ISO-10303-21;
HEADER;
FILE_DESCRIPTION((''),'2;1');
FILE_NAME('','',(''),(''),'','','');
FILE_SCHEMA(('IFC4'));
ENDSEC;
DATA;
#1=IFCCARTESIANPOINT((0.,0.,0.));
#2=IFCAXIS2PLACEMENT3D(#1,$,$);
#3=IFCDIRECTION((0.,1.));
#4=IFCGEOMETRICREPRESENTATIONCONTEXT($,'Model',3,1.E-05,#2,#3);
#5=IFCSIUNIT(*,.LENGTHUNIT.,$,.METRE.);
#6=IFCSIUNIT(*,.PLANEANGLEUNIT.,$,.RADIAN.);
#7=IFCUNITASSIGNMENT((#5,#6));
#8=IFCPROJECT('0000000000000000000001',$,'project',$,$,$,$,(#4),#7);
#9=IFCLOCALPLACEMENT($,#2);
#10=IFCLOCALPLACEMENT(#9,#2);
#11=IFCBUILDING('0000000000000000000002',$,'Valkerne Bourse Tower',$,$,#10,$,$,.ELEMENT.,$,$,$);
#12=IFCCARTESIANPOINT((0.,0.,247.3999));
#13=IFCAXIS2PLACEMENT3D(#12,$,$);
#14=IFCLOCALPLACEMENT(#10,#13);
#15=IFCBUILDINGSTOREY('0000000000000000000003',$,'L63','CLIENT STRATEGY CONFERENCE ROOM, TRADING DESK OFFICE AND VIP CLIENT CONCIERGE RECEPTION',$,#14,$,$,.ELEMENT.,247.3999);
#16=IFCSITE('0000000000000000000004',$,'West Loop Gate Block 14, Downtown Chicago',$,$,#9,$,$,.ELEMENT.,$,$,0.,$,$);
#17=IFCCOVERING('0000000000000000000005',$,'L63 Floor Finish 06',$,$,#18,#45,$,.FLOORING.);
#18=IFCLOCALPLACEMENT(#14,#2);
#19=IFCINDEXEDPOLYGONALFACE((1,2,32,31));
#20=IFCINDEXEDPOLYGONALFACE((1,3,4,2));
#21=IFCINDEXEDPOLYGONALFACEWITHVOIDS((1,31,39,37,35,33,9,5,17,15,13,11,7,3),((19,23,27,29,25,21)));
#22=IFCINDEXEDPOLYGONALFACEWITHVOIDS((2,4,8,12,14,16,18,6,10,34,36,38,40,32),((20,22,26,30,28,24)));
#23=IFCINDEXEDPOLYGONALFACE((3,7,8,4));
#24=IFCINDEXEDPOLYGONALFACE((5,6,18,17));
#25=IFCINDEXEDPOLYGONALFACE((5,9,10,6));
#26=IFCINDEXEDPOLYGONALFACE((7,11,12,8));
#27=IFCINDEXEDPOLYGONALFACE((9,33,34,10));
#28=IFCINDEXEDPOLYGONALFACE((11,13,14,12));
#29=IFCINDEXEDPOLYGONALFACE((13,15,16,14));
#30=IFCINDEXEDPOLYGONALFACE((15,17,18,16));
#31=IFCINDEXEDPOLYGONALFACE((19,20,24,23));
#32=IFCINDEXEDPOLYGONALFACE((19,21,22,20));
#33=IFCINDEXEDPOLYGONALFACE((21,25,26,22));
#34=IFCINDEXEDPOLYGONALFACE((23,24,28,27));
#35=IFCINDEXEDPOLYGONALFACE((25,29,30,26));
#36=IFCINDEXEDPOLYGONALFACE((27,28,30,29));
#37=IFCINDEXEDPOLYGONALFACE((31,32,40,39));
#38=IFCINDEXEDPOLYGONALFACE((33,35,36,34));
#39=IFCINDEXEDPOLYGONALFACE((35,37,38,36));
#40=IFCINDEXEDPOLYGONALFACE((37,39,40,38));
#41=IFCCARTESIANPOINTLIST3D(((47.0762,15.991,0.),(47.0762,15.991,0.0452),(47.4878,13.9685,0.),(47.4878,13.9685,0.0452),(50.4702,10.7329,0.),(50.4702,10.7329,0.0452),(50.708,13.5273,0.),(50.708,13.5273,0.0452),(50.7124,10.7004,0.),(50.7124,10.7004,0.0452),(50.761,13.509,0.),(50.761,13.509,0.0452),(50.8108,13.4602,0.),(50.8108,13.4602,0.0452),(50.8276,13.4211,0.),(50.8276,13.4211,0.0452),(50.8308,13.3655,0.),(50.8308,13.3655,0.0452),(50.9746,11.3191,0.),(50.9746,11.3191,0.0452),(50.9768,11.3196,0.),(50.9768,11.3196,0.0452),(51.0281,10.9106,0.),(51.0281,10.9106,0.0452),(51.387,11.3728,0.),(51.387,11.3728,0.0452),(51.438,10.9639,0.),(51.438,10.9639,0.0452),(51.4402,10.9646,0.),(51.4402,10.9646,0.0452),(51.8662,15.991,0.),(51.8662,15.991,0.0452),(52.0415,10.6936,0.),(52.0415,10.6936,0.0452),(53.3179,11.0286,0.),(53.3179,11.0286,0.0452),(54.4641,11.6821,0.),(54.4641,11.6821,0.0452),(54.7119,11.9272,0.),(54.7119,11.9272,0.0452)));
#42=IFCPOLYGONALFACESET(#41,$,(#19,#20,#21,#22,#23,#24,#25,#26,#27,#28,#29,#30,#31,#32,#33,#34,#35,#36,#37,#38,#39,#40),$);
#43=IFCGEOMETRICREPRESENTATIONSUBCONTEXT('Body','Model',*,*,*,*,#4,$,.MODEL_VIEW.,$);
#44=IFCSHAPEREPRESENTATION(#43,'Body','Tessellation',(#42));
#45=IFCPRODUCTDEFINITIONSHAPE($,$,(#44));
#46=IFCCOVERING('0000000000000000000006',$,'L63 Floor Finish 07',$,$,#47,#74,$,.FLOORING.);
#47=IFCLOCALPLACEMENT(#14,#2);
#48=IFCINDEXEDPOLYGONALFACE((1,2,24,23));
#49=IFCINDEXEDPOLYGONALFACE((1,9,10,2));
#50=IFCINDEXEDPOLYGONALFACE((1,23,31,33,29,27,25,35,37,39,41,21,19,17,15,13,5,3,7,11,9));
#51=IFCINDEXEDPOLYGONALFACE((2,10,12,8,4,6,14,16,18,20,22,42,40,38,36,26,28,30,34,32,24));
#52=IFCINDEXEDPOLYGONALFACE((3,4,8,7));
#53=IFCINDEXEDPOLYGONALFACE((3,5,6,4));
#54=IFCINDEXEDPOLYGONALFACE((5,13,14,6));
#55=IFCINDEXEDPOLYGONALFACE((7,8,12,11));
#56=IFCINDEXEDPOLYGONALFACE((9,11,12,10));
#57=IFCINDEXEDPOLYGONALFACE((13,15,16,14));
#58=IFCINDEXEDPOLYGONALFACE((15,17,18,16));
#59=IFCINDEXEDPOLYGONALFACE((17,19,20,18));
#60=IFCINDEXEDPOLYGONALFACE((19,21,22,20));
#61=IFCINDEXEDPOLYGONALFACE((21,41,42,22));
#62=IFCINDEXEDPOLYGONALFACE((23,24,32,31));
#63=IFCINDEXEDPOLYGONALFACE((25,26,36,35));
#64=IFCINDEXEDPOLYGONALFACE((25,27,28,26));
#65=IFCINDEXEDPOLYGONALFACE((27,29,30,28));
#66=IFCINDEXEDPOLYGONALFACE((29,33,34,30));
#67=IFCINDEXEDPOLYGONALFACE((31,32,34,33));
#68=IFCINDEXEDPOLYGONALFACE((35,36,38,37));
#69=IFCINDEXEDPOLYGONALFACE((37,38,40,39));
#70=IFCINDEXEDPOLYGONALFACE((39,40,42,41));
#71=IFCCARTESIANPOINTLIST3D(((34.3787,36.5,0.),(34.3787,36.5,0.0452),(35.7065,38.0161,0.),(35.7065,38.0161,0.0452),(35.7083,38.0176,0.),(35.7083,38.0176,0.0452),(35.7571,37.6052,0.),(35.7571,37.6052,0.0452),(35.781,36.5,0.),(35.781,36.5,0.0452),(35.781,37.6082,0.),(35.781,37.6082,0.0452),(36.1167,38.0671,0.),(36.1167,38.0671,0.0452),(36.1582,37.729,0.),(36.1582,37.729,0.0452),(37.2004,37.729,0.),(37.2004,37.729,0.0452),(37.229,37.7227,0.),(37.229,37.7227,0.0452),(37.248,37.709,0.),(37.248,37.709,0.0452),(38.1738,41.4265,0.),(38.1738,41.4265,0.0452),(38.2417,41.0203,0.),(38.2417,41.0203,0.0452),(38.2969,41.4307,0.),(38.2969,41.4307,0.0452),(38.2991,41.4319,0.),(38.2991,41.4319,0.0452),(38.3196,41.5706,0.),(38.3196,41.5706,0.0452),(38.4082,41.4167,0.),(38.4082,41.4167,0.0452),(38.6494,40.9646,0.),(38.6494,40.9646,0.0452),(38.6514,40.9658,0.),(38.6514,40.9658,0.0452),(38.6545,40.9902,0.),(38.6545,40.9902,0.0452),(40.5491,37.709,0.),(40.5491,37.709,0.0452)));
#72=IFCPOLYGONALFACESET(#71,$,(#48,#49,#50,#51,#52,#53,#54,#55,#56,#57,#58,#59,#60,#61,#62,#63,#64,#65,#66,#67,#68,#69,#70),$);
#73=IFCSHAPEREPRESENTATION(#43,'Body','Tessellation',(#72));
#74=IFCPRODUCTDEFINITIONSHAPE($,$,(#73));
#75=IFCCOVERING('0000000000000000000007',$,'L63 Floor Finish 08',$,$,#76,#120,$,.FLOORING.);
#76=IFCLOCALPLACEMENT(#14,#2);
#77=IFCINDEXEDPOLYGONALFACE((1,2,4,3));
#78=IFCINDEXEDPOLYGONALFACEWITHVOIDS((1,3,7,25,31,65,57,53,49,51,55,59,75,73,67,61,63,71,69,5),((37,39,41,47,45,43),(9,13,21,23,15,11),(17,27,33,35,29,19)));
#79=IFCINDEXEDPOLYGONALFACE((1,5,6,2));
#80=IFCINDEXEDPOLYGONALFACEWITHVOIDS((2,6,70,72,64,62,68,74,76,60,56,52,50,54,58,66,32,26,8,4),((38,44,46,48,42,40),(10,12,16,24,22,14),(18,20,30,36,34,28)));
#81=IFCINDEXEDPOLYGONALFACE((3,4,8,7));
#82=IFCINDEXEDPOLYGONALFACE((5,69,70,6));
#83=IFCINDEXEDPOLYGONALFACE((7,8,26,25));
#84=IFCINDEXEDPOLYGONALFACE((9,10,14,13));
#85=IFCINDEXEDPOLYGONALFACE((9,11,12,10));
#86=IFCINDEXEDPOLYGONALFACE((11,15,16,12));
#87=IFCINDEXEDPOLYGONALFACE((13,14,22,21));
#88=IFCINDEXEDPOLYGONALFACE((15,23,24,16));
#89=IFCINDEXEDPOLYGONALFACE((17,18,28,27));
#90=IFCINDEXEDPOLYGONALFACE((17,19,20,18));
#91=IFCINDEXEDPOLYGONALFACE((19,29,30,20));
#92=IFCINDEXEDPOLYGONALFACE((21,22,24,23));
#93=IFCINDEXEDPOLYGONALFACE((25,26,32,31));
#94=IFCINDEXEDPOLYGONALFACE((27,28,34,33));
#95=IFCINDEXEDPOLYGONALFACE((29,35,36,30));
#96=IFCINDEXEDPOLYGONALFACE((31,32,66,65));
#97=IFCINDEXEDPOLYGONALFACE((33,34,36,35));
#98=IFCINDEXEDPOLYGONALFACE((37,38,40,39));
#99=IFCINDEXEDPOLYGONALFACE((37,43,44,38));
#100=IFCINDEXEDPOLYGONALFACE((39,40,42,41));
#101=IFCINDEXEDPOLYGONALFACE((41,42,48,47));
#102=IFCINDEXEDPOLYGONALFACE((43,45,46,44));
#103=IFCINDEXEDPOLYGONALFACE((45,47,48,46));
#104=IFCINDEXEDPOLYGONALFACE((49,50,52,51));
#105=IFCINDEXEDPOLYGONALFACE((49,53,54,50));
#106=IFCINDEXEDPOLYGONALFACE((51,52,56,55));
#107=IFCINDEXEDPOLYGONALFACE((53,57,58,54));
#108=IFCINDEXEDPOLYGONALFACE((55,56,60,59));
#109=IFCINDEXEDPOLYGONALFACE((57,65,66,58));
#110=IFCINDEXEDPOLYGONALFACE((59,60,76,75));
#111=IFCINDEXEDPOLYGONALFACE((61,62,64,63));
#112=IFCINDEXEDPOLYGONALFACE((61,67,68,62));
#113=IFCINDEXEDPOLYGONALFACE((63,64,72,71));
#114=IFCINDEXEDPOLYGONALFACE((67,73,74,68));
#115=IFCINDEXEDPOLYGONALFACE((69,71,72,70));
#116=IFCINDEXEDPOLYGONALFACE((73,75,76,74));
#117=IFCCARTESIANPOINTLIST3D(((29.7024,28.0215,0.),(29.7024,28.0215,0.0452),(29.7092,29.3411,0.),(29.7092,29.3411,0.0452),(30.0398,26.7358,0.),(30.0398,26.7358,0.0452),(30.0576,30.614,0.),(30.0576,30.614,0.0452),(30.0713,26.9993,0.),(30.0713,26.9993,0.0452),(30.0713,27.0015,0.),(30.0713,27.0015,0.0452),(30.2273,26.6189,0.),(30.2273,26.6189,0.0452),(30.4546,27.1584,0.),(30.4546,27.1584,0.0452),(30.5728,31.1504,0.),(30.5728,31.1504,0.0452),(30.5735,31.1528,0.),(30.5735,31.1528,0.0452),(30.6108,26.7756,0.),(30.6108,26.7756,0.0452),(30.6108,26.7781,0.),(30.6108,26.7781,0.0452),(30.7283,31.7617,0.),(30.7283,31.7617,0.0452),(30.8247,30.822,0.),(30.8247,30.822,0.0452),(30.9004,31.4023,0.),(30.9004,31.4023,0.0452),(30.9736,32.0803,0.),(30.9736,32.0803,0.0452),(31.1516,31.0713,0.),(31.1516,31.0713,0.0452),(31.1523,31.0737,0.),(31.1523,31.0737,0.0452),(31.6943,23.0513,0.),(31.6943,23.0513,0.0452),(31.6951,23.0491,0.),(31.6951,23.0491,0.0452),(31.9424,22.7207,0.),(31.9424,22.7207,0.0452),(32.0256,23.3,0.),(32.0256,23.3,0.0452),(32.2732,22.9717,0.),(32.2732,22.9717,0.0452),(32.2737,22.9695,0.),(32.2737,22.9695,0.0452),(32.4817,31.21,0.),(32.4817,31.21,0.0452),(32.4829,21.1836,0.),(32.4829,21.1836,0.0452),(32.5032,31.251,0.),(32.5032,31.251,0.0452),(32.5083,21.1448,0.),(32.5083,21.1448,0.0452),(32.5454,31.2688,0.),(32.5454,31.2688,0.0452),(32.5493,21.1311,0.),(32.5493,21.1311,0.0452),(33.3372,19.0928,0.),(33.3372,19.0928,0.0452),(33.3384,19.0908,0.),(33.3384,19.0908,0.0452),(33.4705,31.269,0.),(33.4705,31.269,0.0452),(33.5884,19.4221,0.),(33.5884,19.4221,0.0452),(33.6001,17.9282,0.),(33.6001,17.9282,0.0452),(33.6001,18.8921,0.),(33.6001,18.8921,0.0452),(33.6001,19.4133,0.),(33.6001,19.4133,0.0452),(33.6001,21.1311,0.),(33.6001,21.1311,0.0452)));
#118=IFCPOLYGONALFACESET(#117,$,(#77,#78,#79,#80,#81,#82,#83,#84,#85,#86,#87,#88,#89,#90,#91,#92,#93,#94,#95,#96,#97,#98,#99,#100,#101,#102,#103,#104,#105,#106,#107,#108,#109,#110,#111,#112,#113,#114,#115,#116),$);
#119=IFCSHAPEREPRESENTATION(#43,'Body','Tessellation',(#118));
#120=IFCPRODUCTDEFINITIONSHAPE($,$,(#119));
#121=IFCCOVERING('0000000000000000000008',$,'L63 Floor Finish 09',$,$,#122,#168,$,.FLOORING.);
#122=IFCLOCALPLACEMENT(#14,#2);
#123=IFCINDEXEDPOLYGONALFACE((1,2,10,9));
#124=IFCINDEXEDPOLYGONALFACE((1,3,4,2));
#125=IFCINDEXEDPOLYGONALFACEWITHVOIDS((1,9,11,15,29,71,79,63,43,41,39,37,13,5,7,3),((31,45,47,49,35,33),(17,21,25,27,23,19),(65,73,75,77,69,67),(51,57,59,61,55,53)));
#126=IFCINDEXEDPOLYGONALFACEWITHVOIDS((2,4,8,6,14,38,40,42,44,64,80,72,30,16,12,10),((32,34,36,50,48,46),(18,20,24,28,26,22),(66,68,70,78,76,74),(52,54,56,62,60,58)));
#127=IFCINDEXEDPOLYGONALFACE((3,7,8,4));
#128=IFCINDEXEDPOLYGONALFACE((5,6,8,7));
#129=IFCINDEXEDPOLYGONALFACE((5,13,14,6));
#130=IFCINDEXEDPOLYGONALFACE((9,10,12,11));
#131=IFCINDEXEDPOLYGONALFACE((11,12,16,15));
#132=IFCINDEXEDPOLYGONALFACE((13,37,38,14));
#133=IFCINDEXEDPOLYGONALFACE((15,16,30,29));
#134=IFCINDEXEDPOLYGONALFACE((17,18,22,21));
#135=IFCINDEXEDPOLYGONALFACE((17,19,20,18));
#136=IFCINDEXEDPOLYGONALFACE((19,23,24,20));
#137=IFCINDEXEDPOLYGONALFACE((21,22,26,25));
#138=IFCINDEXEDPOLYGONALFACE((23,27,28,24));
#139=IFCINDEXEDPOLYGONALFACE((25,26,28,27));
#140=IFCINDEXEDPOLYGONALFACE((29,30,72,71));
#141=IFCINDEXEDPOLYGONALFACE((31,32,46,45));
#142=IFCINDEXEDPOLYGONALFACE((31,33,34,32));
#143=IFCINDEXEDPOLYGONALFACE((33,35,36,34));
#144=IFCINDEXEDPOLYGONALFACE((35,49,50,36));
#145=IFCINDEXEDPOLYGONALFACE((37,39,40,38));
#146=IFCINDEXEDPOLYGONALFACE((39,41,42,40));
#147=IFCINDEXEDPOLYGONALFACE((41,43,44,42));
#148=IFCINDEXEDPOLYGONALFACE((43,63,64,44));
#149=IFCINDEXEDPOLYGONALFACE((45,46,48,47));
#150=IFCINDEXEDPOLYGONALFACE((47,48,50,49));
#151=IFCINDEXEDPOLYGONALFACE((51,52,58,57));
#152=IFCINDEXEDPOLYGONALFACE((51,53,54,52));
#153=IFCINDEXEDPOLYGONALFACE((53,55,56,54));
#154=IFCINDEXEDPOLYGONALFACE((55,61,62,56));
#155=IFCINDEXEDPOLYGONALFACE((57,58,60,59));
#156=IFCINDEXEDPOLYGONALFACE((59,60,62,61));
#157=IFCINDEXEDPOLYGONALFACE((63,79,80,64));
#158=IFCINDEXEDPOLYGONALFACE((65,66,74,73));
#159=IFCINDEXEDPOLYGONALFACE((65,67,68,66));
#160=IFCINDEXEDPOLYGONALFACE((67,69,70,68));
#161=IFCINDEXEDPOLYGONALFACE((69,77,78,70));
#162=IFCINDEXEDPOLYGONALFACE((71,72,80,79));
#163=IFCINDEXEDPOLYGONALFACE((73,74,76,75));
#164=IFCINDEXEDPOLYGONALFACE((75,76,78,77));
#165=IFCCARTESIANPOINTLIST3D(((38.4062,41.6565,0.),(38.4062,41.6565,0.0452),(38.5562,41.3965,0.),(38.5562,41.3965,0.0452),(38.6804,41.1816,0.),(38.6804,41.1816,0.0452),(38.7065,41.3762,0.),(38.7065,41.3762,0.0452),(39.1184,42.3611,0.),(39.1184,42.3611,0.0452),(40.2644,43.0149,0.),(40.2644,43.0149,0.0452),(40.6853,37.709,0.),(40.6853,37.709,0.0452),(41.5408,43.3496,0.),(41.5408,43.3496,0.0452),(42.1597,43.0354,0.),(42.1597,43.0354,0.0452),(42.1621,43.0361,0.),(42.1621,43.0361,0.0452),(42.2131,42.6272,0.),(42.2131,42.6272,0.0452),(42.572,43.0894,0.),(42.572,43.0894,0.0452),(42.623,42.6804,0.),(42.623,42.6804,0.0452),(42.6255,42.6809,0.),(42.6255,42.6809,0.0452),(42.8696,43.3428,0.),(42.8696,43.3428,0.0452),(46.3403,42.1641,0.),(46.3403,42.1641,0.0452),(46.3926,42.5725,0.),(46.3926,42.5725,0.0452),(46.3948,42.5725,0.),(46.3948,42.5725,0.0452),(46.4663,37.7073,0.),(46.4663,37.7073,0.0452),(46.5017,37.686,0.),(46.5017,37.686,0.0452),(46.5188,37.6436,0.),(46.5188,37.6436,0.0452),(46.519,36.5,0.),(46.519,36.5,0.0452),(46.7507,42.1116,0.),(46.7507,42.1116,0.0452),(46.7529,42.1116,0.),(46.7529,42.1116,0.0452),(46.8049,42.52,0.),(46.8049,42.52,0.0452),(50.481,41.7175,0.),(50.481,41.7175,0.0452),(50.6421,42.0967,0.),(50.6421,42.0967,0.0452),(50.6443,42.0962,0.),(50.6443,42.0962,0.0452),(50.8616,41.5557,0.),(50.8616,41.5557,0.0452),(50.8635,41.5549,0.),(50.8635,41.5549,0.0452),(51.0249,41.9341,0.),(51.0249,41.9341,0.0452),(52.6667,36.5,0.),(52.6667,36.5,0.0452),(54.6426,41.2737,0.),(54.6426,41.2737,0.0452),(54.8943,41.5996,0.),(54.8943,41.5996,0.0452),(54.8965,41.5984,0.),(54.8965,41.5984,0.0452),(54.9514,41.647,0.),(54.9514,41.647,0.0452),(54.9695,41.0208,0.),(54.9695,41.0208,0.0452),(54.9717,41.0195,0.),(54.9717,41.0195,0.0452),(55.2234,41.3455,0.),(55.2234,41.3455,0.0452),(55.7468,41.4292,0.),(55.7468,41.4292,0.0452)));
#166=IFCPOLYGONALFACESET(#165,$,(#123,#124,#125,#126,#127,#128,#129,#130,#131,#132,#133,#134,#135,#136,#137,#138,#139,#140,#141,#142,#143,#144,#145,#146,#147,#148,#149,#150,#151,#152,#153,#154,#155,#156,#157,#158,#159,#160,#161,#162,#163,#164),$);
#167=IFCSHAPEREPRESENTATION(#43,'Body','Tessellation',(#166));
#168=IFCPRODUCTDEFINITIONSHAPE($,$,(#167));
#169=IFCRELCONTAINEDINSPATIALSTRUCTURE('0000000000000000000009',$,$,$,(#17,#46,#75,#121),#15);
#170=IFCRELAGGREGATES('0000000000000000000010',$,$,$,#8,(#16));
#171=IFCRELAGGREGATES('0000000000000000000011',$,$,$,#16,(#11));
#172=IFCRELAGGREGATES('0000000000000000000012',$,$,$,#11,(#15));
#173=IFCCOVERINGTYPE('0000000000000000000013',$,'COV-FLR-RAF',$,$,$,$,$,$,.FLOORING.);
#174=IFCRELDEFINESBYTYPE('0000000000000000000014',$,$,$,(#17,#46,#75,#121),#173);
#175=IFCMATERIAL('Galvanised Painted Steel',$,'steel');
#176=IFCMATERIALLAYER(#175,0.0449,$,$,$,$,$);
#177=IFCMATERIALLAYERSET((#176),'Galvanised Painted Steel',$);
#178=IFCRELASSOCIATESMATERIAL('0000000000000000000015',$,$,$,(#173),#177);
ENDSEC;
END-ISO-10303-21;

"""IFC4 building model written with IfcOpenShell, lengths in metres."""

from ifc_helpers import new_model, si_unit, direction, frame, origin, place, context, subcontext, project, spatial, polyline, outline, extrude, material, layer, layer_set, type_object, element, save


model = new_model("IFC4")

# Units and contexts
model_context = context("Model", 3, precision=1e-05, world=origin(), true_north=direction((0.0, 1.0)))
body_context = subcontext(model_context, "Body", "Model", "MODEL_VIEW")
ifc_project = project(units=[si_unit("LENGTHUNIT", "METRE"), si_unit("PLANEANGLEUNIT", "RADIAN")], contexts=[model_context])

# Site, building, storey
site_placement = place(None, origin())
site = spatial("IfcSite", under=ifc_project, at=site_placement, Name="West Loop Gate Block 14, Downtown Chicago", CompositionType="ELEMENT", RefElevation=0.0)
building_placement = place(site_placement, origin())
building = spatial("IfcBuilding", under=site, at=building_placement, Name="Valkerne Bourse Tower", CompositionType="ELEMENT")
storey_placement = place(building_placement, frame((0.0, 0.0, 247.3999)))
storey = spatial("IfcBuildingStorey", under=building, at=storey_placement, Name="L63", Description="CLIENT STRATEGY CONFERENCE ROOM, TRADING DESK OFFICE AND VIP CLIENT CONCIERGE RECEPTION", CompositionType="ELEMENT", Elevation=247.3999)

# Coverings
ifc_material_1 = material(Name="Galvanised Painted Steel", Category="steel")
ifc_layer_1 = layer(ifc_material_1, 0.0449)
ifc_layer_set_1 = layer_set([ifc_layer_1], Name="Galvanised Painted Steel")
covering_type_1 = type_object("IfcCoveringType", Name="COV-FLR-RAF", PredefinedType="FLOORING", material=ifc_layer_set_1)
covering_1_placement = place(storey_placement, origin())
element("IfcCovering", 1, at=covering_1_placement, inside=storey, type_object=covering_type_1, Name="L63 Floor Finish 06", PredefinedType="FLOORING", context=body_context, shape_type="SweptSolid", body=[
    extrude(outline(polyline([(52.0415, 10.6936), (50.7124, 10.7004), (50.4702, 10.7329), (50.8308, 13.3655), (50.8276, 13.4211), (50.8108, 13.4602), (50.761, 13.509), (50.708, 13.5273), (47.4878, 13.9685), (47.0762, 15.991), (51.8662, 15.991), (54.7119, 11.9272), (54.4641, 11.6821), (53.3179, 11.0286), (52.0415, 10.6936)]), holes=[polyline([(51.4402, 10.9646), (51.387, 11.3728), (50.9768, 11.3196), (50.9746, 11.3191), (51.0281, 10.9106), (51.438, 10.9639), (51.4402, 10.9646)])]), origin(), (0.0, 0.0, 1.0), 0.0452),
])
covering_2_placement = place(storey_placement, origin())
element("IfcCovering", 2, at=covering_2_placement, inside=storey, type_object=covering_type_1, Name="L63 Floor Finish 07", PredefinedType="FLOORING", context=body_context, shape_type="SweptSolid", body=[
    extrude(outline(polyline([(38.4082, 41.4167), (38.2991, 41.4319), (38.2969, 41.4307), (38.2417, 41.0203), (38.6494, 40.9646), (38.6514, 40.9658), (38.6545, 40.9902), (40.5491, 37.709), (37.248, 37.709), (37.229, 37.7227), (37.2004, 37.729), (36.1582, 37.729), (36.1167, 38.0671), (35.7083, 38.0176), (35.7065, 38.0161), (35.7571, 37.6052), (35.781, 37.6082), (35.781, 36.5), (34.3787, 36.5), (38.1738, 41.4265), (38.3196, 41.5706), (38.4082, 41.4167)])), origin(), (0.0, 0.0, 1.0), 0.0452),
])
covering_3_placement = place(storey_placement, origin())
element("IfcCovering", 3, at=covering_3_placement, inside=storey, type_object=covering_type_1, Name="L63 Floor Finish 08", PredefinedType="FLOORING", context=body_context, shape_type="SweptSolid", body=[
    extrude(outline(polyline([(29.7092, 29.3411), (30.0576, 30.614), (30.7283, 31.7617), (30.9736, 32.0803), (33.4705, 31.269), (32.5454, 31.2688), (32.5032, 31.251), (32.4817, 31.21), (32.4829, 21.1836), (32.5083, 21.1448), (32.5493, 21.1311), (33.6001, 21.1311), (33.6001, 19.4133), (33.5884, 19.4221), (33.3372, 19.0928), (33.3384, 19.0908), (33.6001, 18.8921), (33.6001, 17.9282), (30.0398, 26.7358), (29.7024, 28.0215), (29.7092, 29.3411)]), holes=[polyline([(32.2732, 22.9717), (32.0256, 23.3), (31.6943, 23.0513), (31.6951, 23.0491), (31.9424, 22.7207), (32.2737, 22.9695), (32.2732, 22.9717)]), polyline([(30.6108, 26.7781), (30.4546, 27.1584), (30.0713, 27.0015), (30.0713, 26.9993), (30.2273, 26.6189), (30.6108, 26.7756), (30.6108, 26.7781)]), polyline([(31.1523, 31.0737), (30.9004, 31.4023), (30.5735, 31.1528), (30.5728, 31.1504), (30.8247, 30.822), (31.1516, 31.0713), (31.1523, 31.0737)])]), origin(), (0.0, 0.0, 1.0), 0.0452),
])
covering_4_placement = place(storey_placement, origin())
element("IfcCovering", 4, at=covering_4_placement, inside=storey, type_object=covering_type_1, Name="L63 Floor Finish 09", PredefinedType="FLOORING", context=body_context, shape_type="SweptSolid", body=[
    extrude(outline(polyline([(41.5408, 43.3496), (42.8696, 43.3428), (54.9514, 41.647), (55.7468, 41.4292), (52.6667, 36.5), (46.519, 36.5), (46.5188, 37.6436), (46.5017, 37.686), (46.4663, 37.7073), (40.6853, 37.709), (38.6804, 41.1816), (38.7065, 41.3762), (38.5562, 41.3965), (38.4062, 41.6565), (39.1184, 42.3611), (40.2644, 43.0149), (41.5408, 43.3496)]), holes=[polyline([(46.7529, 42.1116), (46.8049, 42.52), (46.3948, 42.5725), (46.3926, 42.5725), (46.3403, 42.1641), (46.7507, 42.1116), (46.7529, 42.1116)]), polyline([(42.6255, 42.6809), (42.572, 43.0894), (42.1621, 43.0361), (42.1597, 43.0354), (42.2131, 42.6272), (42.623, 42.6804), (42.6255, 42.6809)]), polyline([(54.8965, 41.5984), (54.8943, 41.5996), (54.6426, 41.2737), (54.9695, 41.0208), (54.9717, 41.0195), (55.2234, 41.3455), (54.8965, 41.5984)]), polyline([(51.0249, 41.9341), (50.6443, 42.0962), (50.6421, 42.0967), (50.481, 41.7175), (50.8616, 41.5557), (50.8635, 41.5549), (51.0249, 41.9341)])]), origin(), (0.0, 0.0, 1.0), 0.0452),
])

save(model, "model.ifc")
